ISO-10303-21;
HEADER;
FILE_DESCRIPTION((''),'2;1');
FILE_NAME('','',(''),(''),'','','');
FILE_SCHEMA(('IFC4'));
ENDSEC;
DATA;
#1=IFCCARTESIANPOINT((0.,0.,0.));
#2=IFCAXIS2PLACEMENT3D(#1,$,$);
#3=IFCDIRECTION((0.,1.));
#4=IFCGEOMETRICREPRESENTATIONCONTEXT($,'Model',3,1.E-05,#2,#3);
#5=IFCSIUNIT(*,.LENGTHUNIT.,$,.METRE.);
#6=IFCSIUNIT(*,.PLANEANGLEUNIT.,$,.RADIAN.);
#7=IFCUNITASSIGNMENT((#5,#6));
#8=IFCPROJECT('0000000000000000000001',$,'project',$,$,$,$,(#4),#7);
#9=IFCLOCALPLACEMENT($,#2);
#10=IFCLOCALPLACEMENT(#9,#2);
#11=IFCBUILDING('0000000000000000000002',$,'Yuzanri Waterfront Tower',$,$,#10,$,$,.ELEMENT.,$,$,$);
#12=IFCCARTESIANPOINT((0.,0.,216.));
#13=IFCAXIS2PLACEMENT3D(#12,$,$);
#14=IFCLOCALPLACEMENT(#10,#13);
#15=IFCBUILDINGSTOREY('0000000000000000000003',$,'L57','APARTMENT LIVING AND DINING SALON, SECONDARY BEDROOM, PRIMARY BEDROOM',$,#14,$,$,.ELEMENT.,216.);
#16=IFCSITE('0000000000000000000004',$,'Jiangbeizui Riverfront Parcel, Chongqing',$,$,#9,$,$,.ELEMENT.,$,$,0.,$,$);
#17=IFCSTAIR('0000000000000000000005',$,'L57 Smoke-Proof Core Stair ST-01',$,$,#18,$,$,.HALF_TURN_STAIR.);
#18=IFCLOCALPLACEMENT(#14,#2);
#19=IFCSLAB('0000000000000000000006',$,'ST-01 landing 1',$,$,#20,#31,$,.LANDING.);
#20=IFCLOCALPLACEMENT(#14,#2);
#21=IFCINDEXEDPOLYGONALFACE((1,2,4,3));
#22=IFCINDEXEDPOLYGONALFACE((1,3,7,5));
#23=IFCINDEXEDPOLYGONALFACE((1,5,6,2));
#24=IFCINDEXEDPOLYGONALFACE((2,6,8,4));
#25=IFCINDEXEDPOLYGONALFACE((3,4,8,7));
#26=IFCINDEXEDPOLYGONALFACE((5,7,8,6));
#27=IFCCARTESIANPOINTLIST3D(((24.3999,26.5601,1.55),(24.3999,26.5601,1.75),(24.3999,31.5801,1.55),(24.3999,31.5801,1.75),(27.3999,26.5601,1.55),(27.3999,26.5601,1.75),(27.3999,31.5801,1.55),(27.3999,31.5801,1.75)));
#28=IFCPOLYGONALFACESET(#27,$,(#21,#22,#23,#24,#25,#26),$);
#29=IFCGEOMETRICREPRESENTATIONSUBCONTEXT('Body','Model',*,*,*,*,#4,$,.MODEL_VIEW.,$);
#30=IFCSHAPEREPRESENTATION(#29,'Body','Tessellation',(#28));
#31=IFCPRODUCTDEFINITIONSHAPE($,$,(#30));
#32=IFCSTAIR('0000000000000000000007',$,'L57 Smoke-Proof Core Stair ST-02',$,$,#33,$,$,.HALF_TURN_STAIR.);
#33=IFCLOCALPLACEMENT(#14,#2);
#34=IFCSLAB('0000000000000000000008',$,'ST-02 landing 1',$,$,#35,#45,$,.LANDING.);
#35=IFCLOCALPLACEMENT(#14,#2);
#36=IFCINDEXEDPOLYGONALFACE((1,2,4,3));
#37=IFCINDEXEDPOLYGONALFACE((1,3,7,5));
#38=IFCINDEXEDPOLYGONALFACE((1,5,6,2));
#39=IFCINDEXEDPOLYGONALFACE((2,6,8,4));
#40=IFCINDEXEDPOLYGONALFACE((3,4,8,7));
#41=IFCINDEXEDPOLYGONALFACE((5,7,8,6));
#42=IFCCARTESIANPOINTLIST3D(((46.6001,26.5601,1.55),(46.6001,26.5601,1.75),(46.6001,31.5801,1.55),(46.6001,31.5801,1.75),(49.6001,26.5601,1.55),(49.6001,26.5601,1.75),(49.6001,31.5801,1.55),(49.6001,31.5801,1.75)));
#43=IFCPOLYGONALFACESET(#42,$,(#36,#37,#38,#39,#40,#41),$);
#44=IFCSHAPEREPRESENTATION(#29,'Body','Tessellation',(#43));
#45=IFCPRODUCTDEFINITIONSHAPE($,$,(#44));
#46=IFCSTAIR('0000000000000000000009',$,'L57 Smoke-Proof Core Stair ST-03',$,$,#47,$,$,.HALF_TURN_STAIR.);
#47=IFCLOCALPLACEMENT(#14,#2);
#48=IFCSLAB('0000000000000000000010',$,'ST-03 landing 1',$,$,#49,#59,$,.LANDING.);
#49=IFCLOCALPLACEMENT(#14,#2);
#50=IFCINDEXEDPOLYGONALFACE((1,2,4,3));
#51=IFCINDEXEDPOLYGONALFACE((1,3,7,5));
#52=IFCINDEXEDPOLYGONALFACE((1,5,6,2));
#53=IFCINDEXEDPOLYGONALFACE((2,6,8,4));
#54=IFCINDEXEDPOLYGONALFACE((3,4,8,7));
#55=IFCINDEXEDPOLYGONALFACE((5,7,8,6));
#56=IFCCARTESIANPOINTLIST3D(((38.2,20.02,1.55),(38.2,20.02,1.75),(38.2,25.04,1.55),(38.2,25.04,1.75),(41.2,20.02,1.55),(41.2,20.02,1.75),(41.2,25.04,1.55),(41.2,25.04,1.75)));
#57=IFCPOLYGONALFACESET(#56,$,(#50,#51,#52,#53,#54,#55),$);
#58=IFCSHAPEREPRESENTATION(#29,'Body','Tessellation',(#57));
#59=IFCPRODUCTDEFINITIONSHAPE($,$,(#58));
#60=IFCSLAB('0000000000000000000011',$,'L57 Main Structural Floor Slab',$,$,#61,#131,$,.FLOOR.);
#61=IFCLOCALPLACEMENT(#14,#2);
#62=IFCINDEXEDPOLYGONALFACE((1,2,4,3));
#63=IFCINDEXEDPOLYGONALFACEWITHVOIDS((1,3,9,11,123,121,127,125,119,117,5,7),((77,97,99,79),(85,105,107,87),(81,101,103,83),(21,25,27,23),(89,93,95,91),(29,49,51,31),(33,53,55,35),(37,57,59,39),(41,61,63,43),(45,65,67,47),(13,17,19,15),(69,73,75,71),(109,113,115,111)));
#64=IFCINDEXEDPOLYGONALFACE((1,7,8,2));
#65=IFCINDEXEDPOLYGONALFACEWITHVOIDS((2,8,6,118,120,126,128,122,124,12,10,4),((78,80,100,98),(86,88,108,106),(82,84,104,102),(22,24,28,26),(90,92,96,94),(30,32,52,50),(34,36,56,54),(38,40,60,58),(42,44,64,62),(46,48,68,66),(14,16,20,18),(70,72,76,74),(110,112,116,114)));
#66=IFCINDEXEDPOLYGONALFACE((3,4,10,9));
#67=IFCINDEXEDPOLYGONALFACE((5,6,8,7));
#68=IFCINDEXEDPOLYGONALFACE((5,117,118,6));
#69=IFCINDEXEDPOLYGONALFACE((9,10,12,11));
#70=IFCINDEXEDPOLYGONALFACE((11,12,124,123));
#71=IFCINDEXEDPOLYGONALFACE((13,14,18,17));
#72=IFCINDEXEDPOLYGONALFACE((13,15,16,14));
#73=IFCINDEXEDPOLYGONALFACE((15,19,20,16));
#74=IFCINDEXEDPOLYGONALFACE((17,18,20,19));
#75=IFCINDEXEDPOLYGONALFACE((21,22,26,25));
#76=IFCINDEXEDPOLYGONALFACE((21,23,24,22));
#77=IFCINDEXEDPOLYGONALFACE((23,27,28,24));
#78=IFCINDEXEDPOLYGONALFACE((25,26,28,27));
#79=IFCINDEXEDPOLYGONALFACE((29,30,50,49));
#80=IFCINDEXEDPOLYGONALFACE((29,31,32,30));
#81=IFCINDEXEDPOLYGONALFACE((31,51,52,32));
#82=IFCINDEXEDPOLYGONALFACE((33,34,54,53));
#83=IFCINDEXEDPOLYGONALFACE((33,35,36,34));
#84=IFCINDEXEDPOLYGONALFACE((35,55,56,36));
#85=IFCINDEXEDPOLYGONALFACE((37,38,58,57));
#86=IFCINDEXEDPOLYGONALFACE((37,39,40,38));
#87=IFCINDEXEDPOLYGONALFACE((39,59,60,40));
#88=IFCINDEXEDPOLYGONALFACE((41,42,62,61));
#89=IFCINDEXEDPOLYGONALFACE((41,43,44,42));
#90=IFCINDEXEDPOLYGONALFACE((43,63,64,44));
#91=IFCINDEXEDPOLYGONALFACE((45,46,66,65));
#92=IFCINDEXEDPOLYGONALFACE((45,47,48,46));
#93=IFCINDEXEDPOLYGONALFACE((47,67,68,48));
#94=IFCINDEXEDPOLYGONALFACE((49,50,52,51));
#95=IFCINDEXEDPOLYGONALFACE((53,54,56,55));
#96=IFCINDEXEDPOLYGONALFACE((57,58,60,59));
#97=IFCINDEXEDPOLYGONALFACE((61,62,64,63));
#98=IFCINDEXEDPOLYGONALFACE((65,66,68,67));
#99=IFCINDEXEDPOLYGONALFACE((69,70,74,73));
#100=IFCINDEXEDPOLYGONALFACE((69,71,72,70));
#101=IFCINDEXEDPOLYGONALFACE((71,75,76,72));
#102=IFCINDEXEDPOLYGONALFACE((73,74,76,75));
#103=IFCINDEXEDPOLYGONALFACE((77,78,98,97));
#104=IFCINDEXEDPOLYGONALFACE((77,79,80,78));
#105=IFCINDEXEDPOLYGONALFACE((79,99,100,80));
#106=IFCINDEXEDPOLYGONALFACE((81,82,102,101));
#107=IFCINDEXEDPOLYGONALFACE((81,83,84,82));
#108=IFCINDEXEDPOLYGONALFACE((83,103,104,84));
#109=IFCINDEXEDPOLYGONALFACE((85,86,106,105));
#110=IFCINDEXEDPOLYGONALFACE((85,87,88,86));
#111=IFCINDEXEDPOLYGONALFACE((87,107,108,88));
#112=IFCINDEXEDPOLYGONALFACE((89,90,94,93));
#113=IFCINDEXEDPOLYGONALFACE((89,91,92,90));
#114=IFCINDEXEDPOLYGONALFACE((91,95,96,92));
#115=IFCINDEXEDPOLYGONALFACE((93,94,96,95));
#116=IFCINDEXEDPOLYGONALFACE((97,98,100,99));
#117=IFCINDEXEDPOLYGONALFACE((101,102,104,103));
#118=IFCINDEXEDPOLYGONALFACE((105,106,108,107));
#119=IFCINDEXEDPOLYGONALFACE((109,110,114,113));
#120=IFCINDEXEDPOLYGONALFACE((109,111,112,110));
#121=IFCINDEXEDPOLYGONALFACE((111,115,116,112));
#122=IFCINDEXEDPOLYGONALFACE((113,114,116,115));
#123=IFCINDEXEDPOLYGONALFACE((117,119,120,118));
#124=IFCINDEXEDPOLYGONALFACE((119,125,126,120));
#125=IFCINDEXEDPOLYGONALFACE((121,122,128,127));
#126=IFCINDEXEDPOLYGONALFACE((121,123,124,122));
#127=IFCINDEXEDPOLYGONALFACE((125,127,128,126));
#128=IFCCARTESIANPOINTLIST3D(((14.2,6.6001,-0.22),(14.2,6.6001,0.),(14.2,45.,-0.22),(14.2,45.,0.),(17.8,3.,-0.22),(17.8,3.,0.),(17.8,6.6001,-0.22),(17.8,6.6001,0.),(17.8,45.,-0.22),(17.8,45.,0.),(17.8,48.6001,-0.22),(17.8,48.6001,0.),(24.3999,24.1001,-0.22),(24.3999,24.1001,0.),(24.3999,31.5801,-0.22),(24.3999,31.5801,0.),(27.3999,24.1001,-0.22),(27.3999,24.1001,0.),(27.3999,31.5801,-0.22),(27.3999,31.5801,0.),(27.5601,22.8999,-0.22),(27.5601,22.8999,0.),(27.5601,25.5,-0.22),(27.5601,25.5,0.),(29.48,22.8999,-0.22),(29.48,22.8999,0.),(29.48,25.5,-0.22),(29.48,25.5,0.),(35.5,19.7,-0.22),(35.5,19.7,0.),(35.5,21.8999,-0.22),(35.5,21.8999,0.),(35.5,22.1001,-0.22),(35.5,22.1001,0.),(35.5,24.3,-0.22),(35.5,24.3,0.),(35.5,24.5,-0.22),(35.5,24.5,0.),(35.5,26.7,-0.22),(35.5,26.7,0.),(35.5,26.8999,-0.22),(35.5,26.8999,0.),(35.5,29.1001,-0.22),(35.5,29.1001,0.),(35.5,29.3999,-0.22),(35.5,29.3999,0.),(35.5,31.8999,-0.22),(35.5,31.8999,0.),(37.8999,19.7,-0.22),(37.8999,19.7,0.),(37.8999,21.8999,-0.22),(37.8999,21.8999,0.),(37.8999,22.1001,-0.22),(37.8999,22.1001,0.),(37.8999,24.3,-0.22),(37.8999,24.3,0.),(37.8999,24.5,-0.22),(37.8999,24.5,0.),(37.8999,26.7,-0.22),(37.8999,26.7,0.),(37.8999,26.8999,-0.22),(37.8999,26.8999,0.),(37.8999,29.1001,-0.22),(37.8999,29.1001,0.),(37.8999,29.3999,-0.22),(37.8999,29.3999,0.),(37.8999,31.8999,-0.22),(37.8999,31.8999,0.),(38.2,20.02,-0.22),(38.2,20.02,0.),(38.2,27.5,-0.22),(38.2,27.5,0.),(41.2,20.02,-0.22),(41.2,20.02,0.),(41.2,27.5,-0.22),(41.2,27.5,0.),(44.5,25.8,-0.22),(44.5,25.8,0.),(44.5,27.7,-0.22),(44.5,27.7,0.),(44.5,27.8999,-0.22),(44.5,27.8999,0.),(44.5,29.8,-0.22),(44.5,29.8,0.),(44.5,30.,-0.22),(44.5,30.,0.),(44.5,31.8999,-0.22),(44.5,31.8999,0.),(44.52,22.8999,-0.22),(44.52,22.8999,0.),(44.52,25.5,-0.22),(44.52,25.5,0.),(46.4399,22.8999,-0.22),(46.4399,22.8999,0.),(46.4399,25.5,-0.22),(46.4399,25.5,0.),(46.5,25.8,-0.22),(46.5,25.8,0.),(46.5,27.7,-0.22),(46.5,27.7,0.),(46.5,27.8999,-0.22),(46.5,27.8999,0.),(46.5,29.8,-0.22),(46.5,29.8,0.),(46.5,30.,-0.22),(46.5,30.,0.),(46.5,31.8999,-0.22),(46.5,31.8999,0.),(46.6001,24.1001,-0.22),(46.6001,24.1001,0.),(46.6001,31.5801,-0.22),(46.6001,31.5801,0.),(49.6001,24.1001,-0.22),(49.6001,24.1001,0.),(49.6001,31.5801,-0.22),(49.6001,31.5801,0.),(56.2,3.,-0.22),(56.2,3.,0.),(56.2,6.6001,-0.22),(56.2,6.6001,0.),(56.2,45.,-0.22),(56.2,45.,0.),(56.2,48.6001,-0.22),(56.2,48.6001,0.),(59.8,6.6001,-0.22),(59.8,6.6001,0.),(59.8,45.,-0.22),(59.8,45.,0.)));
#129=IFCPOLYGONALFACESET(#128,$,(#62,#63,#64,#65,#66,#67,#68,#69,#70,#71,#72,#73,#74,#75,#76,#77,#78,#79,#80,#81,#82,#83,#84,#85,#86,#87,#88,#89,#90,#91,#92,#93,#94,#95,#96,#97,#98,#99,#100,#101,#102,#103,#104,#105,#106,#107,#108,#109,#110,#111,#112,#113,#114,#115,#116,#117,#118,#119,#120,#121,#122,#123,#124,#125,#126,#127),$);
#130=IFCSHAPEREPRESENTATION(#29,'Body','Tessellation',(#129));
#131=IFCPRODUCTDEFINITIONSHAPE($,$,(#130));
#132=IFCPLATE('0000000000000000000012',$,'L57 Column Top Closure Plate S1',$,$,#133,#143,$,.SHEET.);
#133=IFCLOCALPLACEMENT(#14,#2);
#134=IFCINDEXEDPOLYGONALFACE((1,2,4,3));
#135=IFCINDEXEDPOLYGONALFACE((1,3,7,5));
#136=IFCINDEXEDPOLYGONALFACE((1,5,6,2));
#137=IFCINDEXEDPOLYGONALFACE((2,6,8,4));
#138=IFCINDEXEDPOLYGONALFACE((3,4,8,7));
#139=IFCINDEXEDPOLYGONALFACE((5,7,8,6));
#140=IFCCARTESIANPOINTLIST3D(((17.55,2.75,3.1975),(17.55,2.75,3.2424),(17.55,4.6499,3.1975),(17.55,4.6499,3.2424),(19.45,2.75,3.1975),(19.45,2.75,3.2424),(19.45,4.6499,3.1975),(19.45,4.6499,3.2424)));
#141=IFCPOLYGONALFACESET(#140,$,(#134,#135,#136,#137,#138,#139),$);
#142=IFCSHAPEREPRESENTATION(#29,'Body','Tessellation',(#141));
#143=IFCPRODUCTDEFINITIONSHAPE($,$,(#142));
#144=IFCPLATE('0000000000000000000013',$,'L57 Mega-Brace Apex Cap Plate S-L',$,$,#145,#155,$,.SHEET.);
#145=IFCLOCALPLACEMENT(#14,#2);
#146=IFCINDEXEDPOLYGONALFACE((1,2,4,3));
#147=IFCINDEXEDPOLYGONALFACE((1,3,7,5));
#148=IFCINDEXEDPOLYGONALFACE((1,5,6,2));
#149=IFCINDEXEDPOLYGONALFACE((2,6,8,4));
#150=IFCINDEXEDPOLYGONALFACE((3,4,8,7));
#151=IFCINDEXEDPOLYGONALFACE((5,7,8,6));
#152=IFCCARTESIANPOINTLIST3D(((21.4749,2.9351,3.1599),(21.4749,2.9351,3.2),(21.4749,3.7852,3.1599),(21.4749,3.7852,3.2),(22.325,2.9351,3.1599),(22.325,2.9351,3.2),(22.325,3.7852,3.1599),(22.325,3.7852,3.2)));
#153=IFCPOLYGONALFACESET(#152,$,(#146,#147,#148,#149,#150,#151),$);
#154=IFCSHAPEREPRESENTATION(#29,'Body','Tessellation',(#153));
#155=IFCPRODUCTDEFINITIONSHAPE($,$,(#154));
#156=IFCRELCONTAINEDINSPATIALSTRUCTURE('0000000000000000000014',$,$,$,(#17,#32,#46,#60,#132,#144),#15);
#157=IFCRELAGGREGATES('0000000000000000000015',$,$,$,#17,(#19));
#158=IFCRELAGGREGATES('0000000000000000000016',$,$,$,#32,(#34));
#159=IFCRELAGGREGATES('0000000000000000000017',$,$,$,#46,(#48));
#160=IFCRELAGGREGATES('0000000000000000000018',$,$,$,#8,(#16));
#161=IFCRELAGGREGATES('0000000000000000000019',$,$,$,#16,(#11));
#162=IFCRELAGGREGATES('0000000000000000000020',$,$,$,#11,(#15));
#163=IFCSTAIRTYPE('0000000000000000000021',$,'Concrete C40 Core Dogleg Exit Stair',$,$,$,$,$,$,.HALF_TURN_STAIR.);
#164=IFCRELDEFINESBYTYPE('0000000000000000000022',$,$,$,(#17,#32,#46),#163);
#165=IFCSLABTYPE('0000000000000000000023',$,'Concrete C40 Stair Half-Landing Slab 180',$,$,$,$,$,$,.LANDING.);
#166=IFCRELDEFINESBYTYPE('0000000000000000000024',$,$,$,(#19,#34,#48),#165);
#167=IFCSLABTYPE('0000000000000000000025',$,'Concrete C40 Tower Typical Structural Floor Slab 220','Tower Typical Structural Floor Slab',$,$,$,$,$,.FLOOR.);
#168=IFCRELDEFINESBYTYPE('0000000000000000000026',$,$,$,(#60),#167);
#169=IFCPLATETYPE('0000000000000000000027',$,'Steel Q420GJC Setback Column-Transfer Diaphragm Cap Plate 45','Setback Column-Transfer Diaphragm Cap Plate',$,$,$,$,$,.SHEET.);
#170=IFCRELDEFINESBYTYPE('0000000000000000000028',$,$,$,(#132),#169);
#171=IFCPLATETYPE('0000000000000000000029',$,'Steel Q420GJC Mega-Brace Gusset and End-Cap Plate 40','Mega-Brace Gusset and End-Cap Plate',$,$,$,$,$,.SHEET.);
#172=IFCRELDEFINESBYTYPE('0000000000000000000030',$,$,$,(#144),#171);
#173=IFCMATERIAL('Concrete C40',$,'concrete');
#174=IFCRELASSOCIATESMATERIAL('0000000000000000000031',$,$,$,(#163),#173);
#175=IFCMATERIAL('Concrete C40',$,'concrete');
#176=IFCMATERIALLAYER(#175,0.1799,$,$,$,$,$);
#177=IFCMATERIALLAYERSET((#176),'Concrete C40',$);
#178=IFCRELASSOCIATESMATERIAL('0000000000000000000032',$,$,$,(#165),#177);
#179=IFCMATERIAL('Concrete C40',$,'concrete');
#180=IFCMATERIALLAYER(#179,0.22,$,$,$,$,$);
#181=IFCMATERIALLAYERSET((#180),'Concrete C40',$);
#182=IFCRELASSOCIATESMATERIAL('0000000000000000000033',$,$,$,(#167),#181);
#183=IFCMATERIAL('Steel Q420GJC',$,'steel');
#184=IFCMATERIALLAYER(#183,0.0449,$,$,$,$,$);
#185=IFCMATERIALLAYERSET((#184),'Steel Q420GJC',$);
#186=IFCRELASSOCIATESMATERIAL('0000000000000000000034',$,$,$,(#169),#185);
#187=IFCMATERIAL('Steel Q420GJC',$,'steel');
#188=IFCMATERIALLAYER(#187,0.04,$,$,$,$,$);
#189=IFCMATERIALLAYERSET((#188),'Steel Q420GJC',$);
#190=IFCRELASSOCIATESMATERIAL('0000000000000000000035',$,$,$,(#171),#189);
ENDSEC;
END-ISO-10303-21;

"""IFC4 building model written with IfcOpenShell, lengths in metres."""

from ifc_helpers import new_model, si_unit, direction, frame, origin, origin_2d, place, context, subcontext, project, spatial, polyline, rectangle, outline, extrude, source, transform, mapped, material, layer, layer_set, type_object, element, aggregate, save


model = new_model("IFC4")

# Units and contexts
model_context = context("Model", 3, precision=1e-05, world=origin(), true_north=direction((0.0, 1.0)))
body_context = subcontext(model_context, "Body", "Model", "MODEL_VIEW")
ifc_project = project(units=[si_unit("LENGTHUNIT", "METRE"), si_unit("PLANEANGLEUNIT", "RADIAN")], contexts=[model_context])

# Site, building, storey
site_placement = place(None, origin())
site = spatial("IfcSite", under=ifc_project, at=site_placement, Name="Jiangbeizui Riverfront Parcel, Chongqing", CompositionType="ELEMENT", RefElevation=0.0)
building_placement = place(site_placement, origin())
building = spatial("IfcBuilding", under=site, at=building_placement, Name="Yuzanri Waterfront Tower", CompositionType="ELEMENT")
storey_placement = place(building_placement, frame((0.0, 0.0, 216.0)))
storey = spatial("IfcBuildingStorey", under=building, at=storey_placement, Name="L57", Description="APARTMENT LIVING AND DINING SALON, SECONDARY BEDROOM, PRIMARY BEDROOM", CompositionType="ELEMENT", Elevation=216.0)

# Stairs, slabs
ifc_material_1 = material(Name="Concrete C40", Category="concrete")
stair_type = type_object("IfcStairType", Name="Concrete C40 Core Dogleg Exit Stair", PredefinedType="HALF_TURN_STAIR", material=ifc_material_1)
stair_1_placement = place(storey_placement, origin())
stair_1 = element("IfcStair", 1, at=stair_1_placement, inside=storey, type_object=stair_type, Name="L57 Smoke-Proof Core Stair ST-01", PredefinedType="HALF_TURN_STAIR")
ifc_material_2 = material(Name="Concrete C40", Category="concrete")
ifc_layer_1 = layer(ifc_material_2, 0.1799)
ifc_layer_set_1 = layer_set([ifc_layer_1], Name="Concrete C40")
slab_type_1 = type_object("IfcSlabType", Name="Concrete C40 Stair Half-Landing Slab 180", PredefinedType="LANDING", material=ifc_layer_set_1)
slab_1_placement = place(storey_placement, frame((0.0, 0.0, 1.55)))
slab_1 = element("IfcSlab", 2, at=slab_1_placement, type_object=slab_type_1, Name="ST-01 landing 1", PredefinedType="LANDING", context=body_context, shape_type="SweptSolid", body=[
    extrude(outline(polyline([(27.3999, 26.5601), (27.3999, 31.5801), (24.3999, 31.5801), (24.3999, 26.5601), (27.3999, 26.5601)])), origin(), (0.0, 0.0, 1.0), 0.2),
])
aggregate(stair_1, [slab_1])
stair_2_placement = place(storey_placement, origin())
stair_2 = element("IfcStair", 3, at=stair_2_placement, inside=storey, type_object=stair_type, Name="L57 Smoke-Proof Core Stair ST-02", PredefinedType="HALF_TURN_STAIR")
slab_2_placement = place(storey_placement, frame((0.0, 0.0, 1.55)))
slab_2 = element("IfcSlab", 4, at=slab_2_placement, type_object=slab_type_1, Name="ST-02 landing 1", PredefinedType="LANDING", context=body_context, shape_type="SweptSolid", body=[
    extrude(outline(polyline([(49.6001, 26.5601), (49.6001, 31.5801), (46.6001, 31.5801), (46.6001, 26.5601), (49.6001, 26.5601)])), origin(), (0.0, 0.0, 1.0), 0.2),
])
aggregate(stair_2, [slab_2])
stair_3_placement = place(storey_placement, origin())
stair_3 = element("IfcStair", 5, at=stair_3_placement, inside=storey, type_object=stair_type, Name="L57 Smoke-Proof Core Stair ST-03", PredefinedType="HALF_TURN_STAIR")
slab_3_placement = place(storey_placement, frame((0.0, 0.0, 1.55)))
slab_3 = element("IfcSlab", 6, at=slab_3_placement, type_object=slab_type_1, Name="ST-03 landing 1", PredefinedType="LANDING", context=body_context, shape_type="SweptSolid", body=[
    extrude(outline(polyline([(38.2, 25.04), (38.2, 20.02), (41.2, 20.02), (41.2, 25.04), (38.2, 25.04)])), origin(), (0.0, 0.0, 1.0), 0.2),
])
aggregate(stair_3, [slab_3])

# Slab
ifc_material_3 = material(Name="Concrete C40", Category="concrete")
ifc_layer_2 = layer(ifc_material_3, 0.22)
ifc_layer_set_2 = layer_set([ifc_layer_2], Name="Concrete C40")
slab_type_2 = type_object("IfcSlabType", Name="Concrete C40 Tower Typical Structural Floor Slab 220", Description="Tower Typical Structural Floor Slab", PredefinedType="FLOOR", material=ifc_layer_set_2)
slab_4_placement = place(storey_placement, frame((0.0, 0.0, -0.22)))
element("IfcSlab", 7, at=slab_4_placement, inside=storey, type_object=slab_type_2, Name="L57 Main Structural Floor Slab", PredefinedType="FLOOR", context=body_context, shape_type="SweptSolid", body=[
    extrude(outline(polyline([(17.8, 3.0), (56.2, 3.0), (56.2, 6.6001), (59.8, 6.6001), (59.8, 45.0), (56.2, 45.0), (56.2, 48.6001), (17.8, 48.6001), (17.8, 45.0), (14.2, 45.0), (14.2, 6.6001), (17.8, 6.6001), (17.8, 3.0)]), holes=[polyline([(27.3999, 24.1001), (27.3999, 31.5801), (24.3999, 31.5801), (24.3999, 24.1001), (27.3999, 24.1001)]), polyline([(49.6001, 24.1001), (49.6001, 31.5801), (46.6001, 31.5801), (46.6001, 24.1001), (49.6001, 24.1001)]), polyline([(38.2, 27.5), (38.2, 20.02), (41.2, 20.02), (41.2, 27.5), (38.2, 27.5)]), polyline([(27.5601, 22.8999), (29.48, 22.8999), (29.48, 25.5), (27.5601, 25.5), (27.5601, 22.8999)]), polyline([(44.52, 22.8999), (46.4399, 22.8999), (46.4399, 25.5), (44.52, 25.5), (44.52, 22.8999)]), polyline([(35.5, 19.7), (37.8999, 19.7), (37.8999, 21.8999), (35.5, 21.8999), (35.5, 19.7)]), polyline([(35.5, 22.1001), (37.8999, 22.1001), (37.8999, 24.3), (35.5, 24.3), (35.5, 22.1001)]), polyline([(35.5, 24.5), (37.8999, 24.5), (37.8999, 26.7), (35.5, 26.7), (35.5, 24.5)]), polyline([(35.5, 26.8999), (37.8999, 26.8999), (37.8999, 29.1001), (35.5, 29.1001), (35.5, 26.8999)]), polyline([(35.5, 29.3999), (37.8999, 29.3999), (37.8999, 31.8999), (35.5, 31.8999), (35.5, 29.3999)]), polyline([(44.5, 25.8), (46.5, 25.8), (46.5, 27.7), (44.5, 27.7), (44.5, 25.8)]), polyline([(44.5, 27.8999), (46.5, 27.8999), (46.5, 29.8), (44.5, 29.8), (44.5, 27.8999)]), polyline([(44.5, 30.0), (46.5, 30.0), (46.5, 31.8999), (44.5, 31.8999), (44.5, 30.0)])]), origin(), (0.0, 0.0, 1.0), 0.22),
])

# Plates
ifc_material_4 = material(Name="Steel Q420GJC", Category="steel")
ifc_layer_3 = layer(ifc_material_4, 0.0449)
ifc_layer_set_3 = layer_set([ifc_layer_3], Name="Steel Q420GJC")
plate_type_1 = type_object("IfcPlateType", Name="Steel Q420GJC Setback Column-Transfer Diaphragm Cap Plate 45", Description="Setback Column-Transfer Diaphragm Cap Plate", PredefinedType="SHEET", material=ifc_layer_set_3)
shared_shape_1 = source(origin(), body_context, "Body", "SweptSolid", [
    extrude(rectangle(XDim=1.8999, YDim=1.8999, at=origin_2d()), origin(), (0.0, 0.0, 1.0), 0.0449),
])
plate_1_placement = place(storey_placement, frame((18.5, 3.7, 3.1975), z_axis=(0.0, 0.0, 1.0), x_axis=(1.0, 0.0, 0.0)))
element("IfcPlate", 8, at=plate_1_placement, inside=storey, type_object=plate_type_1, Name="L57 Column Top Closure Plate S1", PredefinedType="SHEET", context=body_context, shape_type="MappedRepresentation", body=[
    mapped(shared_shape_1, transform((0.0, 0.0, 0.0), scale=1.0)),
])
ifc_material_5 = material(Name="Steel Q420GJC", Category="steel")
ifc_layer_4 = layer(ifc_material_5, 0.04)
ifc_layer_set_4 = layer_set([ifc_layer_4], Name="Steel Q420GJC")
plate_type_2 = type_object("IfcPlateType", Name="Steel Q420GJC Mega-Brace Gusset and End-Cap Plate 40", Description="Mega-Brace Gusset and End-Cap Plate", PredefinedType="SHEET", material=ifc_layer_set_4)
shared_shape_2 = source(origin(), body_context, "Body", "SweptSolid", [
    extrude(rectangle(XDim=0.8501, YDim=0.8501, at=origin_2d()), origin(), (0.0, 0.0, 1.0), 0.04),
])
plate_2_placement = place(storey_placement, frame((21.8999, 3.3601, 3.1599), z_axis=(0.0, 0.0, 1.0), x_axis=(1.0, 0.0, 0.0)))
element("IfcPlate", 9, at=plate_2_placement, inside=storey, type_object=plate_type_2, Name="L57 Mega-Brace Apex Cap Plate S-L", PredefinedType="SHEET", context=body_context, shape_type="MappedRepresentation", body=[
    mapped(shared_shape_2, transform((0.0, 0.0, 0.0), scale=1.0)),
])

save(model, "model.ifc")
